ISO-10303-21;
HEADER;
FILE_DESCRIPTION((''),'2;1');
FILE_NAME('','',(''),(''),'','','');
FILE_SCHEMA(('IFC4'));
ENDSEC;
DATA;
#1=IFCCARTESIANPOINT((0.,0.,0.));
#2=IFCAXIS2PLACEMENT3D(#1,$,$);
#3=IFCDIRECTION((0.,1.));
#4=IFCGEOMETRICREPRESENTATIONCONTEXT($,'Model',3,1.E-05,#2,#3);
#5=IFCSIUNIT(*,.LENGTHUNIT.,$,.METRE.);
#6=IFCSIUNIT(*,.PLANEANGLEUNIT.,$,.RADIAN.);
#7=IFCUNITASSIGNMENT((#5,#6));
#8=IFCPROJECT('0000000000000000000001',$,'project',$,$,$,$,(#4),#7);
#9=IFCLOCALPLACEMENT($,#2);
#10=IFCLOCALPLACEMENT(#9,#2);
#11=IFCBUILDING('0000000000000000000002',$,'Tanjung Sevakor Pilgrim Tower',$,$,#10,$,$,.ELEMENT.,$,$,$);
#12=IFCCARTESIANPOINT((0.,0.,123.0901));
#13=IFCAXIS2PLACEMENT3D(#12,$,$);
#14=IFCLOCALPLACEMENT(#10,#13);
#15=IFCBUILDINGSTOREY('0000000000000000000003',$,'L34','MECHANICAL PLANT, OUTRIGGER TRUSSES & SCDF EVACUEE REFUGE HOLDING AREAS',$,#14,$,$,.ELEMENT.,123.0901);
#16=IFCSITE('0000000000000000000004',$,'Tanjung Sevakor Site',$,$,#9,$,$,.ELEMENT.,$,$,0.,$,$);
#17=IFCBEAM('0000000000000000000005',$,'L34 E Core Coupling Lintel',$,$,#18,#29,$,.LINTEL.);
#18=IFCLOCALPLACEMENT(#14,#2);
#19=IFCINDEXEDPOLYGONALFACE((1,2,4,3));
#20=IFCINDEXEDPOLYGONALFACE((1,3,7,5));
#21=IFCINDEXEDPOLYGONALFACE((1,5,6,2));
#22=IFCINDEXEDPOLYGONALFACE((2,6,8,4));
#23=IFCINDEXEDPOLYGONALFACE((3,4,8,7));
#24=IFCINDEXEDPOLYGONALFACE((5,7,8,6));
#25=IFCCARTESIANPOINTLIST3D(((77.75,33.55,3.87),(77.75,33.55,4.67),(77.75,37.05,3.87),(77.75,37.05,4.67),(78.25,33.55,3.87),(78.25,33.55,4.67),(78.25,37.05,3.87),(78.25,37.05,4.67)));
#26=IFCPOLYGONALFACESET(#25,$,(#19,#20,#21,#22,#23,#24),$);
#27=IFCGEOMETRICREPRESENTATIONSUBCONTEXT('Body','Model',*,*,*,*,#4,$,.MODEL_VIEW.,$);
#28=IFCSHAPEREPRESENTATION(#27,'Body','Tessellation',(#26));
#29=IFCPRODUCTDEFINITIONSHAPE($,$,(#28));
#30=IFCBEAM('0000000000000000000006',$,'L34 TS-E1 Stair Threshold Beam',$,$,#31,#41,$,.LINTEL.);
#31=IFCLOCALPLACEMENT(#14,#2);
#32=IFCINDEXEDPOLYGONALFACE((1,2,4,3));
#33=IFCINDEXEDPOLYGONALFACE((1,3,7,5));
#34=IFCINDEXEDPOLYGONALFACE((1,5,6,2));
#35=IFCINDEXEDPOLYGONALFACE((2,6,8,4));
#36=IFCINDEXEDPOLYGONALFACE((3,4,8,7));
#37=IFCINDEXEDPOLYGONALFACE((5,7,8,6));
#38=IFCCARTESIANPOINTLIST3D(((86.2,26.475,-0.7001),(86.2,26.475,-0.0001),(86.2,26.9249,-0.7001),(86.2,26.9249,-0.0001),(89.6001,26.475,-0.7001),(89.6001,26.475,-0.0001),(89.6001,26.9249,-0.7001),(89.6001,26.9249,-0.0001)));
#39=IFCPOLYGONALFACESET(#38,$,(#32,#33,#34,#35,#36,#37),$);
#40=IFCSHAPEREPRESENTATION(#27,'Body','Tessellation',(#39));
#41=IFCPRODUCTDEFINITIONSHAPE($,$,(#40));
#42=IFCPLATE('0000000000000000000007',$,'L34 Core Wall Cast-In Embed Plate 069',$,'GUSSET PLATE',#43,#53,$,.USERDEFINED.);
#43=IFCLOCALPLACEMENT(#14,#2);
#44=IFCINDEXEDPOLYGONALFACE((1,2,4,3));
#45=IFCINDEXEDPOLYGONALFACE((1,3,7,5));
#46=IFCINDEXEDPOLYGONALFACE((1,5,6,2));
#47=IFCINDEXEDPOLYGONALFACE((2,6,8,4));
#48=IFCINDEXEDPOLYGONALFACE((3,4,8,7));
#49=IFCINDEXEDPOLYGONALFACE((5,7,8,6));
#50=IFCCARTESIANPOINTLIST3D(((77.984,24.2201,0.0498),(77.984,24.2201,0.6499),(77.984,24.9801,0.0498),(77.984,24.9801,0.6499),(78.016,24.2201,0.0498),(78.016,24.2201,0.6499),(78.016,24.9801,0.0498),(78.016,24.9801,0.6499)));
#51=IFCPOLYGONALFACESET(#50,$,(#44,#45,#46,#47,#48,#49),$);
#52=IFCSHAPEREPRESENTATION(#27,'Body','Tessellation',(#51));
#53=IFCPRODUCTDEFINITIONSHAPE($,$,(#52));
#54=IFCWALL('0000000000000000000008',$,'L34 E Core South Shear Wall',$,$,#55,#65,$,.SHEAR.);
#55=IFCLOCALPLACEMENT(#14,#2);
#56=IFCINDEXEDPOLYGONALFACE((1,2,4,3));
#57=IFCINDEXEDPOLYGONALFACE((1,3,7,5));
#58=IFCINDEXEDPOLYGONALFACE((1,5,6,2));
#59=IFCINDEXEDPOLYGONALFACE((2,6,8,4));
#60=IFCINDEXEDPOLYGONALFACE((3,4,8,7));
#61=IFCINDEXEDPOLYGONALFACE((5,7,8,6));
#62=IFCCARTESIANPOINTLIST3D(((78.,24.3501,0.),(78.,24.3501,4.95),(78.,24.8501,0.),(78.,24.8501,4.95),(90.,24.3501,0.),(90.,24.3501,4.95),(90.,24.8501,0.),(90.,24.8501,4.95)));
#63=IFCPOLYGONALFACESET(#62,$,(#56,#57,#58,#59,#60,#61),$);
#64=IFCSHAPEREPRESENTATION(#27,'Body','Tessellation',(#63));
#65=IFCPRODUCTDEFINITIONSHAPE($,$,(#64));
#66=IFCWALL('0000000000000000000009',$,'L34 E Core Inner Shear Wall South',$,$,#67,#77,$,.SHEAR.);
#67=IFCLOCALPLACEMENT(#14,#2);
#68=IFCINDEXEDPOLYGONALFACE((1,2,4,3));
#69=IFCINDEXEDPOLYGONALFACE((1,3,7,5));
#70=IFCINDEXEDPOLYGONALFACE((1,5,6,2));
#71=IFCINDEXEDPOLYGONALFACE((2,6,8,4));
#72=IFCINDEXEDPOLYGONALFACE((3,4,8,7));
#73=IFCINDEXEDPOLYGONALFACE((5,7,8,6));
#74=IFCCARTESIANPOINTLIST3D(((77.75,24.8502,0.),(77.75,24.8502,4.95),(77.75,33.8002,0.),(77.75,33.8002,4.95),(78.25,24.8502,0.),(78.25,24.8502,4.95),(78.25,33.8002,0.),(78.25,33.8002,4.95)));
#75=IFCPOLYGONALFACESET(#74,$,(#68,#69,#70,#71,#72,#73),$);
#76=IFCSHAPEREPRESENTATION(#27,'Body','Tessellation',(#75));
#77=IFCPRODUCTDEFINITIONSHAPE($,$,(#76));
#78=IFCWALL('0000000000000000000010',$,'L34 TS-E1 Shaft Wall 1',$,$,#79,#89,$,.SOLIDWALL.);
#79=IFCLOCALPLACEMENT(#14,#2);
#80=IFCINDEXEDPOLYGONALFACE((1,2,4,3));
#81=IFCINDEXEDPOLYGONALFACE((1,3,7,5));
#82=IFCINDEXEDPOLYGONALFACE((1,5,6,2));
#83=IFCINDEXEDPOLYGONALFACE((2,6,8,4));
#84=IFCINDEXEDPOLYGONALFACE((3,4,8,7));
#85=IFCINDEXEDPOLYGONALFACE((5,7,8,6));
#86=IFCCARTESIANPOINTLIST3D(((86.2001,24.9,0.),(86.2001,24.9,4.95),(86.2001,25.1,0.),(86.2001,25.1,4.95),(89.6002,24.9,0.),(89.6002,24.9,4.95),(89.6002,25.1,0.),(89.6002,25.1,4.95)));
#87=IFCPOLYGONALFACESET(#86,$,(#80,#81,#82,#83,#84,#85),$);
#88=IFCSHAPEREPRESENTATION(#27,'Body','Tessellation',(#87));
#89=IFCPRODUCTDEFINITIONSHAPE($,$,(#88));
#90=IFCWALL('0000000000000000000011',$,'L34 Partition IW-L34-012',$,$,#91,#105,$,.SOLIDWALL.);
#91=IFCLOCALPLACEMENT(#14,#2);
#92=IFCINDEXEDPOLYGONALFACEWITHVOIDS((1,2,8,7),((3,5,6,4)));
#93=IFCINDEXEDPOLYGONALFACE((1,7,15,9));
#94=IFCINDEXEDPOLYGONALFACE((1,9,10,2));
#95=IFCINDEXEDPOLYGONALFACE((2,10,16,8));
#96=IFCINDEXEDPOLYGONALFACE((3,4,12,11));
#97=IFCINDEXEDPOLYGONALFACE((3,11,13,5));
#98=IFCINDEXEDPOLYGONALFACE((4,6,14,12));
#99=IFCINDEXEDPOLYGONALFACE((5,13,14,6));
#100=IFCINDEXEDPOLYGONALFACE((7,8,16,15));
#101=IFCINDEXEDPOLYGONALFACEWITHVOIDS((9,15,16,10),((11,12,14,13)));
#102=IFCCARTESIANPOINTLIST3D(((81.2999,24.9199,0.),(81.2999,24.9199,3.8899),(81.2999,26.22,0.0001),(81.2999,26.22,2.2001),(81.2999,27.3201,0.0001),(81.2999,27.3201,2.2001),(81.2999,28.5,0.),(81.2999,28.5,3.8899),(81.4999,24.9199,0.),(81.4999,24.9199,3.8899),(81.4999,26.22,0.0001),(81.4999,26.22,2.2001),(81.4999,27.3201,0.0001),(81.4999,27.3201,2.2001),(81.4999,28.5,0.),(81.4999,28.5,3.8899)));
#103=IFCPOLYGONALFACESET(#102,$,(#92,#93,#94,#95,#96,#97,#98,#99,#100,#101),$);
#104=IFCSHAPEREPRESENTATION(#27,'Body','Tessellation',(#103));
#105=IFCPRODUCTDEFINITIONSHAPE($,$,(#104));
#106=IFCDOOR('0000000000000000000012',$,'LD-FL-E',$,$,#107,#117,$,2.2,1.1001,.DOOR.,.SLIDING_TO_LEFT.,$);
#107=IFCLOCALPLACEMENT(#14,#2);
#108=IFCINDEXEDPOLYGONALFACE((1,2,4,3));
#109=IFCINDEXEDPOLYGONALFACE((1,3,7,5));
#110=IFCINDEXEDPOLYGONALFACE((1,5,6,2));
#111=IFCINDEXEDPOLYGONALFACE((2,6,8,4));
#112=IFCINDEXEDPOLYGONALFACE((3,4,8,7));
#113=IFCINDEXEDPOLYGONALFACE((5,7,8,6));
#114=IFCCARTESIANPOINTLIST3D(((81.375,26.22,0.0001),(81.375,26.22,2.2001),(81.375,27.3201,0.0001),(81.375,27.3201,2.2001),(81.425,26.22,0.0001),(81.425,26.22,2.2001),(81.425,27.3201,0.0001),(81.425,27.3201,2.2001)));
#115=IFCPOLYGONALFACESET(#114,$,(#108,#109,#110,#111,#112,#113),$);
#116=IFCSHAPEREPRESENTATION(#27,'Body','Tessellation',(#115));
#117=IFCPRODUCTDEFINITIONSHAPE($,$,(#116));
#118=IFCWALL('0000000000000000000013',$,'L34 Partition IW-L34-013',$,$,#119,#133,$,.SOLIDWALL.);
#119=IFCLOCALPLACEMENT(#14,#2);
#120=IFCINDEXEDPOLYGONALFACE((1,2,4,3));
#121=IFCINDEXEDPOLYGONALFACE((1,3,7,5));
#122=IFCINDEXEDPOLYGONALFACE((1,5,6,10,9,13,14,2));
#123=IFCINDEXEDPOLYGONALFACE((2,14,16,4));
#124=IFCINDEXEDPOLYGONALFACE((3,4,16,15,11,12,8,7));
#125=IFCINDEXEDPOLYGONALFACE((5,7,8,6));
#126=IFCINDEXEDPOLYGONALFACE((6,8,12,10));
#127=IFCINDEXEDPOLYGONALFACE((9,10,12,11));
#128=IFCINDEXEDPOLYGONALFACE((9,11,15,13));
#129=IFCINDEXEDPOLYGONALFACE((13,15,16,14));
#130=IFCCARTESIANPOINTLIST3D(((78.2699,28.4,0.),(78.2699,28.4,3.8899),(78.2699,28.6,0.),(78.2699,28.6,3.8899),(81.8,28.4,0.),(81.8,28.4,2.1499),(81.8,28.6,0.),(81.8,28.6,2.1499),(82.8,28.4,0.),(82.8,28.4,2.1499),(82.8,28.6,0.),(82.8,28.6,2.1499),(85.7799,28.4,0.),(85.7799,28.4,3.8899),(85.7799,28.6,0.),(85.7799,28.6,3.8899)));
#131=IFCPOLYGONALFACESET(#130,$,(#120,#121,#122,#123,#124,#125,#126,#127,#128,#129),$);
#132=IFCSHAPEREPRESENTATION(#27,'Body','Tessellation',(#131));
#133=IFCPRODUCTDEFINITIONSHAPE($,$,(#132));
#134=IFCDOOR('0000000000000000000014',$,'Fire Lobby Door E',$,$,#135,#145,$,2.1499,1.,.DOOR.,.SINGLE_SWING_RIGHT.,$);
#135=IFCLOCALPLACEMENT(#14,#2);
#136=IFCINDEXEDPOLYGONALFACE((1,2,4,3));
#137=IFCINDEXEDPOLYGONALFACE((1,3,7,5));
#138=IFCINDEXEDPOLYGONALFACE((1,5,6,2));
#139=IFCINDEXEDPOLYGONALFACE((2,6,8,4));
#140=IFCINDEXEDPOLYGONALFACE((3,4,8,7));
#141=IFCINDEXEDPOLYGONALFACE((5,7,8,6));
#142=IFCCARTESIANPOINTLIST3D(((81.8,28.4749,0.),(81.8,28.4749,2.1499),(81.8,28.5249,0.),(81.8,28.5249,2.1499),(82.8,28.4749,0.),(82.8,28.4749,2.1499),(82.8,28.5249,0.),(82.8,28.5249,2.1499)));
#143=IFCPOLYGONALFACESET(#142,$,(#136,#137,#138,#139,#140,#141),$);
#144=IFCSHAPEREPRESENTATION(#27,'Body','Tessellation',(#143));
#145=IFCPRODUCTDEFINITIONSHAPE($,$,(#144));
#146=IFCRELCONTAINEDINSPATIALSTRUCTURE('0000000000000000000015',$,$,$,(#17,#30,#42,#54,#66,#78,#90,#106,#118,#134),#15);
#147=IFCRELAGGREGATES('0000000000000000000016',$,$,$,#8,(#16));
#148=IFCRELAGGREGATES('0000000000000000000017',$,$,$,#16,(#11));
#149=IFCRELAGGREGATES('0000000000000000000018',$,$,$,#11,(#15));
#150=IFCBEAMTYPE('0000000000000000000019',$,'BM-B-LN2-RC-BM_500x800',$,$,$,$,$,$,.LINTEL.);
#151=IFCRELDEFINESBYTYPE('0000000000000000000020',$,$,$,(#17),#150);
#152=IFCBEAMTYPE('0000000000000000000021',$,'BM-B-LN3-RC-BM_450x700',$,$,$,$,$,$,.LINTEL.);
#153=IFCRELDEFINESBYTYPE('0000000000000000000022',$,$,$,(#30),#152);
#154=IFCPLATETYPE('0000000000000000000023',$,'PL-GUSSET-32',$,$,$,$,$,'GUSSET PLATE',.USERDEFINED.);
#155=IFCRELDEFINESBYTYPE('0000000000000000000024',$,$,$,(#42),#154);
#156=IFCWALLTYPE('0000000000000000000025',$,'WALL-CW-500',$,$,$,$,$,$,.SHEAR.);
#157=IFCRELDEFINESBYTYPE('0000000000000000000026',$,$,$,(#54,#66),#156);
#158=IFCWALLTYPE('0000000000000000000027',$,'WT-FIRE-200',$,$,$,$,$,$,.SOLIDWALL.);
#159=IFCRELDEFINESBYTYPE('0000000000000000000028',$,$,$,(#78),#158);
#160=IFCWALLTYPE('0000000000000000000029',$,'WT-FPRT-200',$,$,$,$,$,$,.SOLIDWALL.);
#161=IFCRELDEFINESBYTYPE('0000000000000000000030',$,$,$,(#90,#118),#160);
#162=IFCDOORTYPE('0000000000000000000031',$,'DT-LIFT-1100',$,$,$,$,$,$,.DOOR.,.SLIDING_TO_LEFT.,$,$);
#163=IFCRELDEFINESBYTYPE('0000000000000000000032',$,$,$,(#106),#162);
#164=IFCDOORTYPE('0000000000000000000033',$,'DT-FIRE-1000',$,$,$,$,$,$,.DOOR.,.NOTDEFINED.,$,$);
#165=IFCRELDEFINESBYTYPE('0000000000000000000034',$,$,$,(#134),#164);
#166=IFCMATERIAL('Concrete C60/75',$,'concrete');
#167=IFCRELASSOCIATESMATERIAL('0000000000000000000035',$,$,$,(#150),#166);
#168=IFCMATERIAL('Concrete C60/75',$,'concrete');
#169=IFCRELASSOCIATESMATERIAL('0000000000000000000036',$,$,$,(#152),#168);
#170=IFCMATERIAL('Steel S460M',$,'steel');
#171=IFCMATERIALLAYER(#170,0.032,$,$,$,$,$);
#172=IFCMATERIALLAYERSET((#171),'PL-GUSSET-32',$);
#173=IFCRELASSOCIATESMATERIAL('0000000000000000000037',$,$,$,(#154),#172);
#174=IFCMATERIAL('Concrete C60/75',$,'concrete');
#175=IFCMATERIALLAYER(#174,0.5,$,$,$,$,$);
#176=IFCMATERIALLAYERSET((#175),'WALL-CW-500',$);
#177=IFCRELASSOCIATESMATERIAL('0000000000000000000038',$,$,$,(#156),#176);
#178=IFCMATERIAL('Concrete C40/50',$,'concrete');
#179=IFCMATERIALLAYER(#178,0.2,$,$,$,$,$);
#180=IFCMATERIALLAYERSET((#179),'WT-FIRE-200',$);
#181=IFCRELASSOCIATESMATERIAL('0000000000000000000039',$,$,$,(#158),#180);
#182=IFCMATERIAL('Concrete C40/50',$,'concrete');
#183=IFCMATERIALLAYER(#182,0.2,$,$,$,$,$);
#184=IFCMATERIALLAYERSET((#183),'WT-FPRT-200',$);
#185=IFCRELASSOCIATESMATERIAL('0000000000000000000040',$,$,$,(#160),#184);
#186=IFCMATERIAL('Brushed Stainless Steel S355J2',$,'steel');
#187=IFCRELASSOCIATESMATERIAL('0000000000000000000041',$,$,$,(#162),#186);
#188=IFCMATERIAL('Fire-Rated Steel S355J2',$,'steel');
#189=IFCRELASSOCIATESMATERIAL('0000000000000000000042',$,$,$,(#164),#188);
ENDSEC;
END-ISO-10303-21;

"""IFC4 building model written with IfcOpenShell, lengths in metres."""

from ifc_helpers import new_model, si_unit, direction, frame, frame_2d, origin, origin_2d, place, context, subcontext, project, spatial, rectangle, extrude, material, layer, layer_set, material_profile, profile_set, type_object, element, fill, save


model = new_model("IFC4")

# Units and contexts
model_context = context("Model", 3, precision=1e-05, world=origin(), true_north=direction((0.0, 1.0)))
body_context = subcontext(model_context, "Body", "Model", "MODEL_VIEW")
ifc_project = project(units=[si_unit("LENGTHUNIT", "METRE"), si_unit("PLANEANGLEUNIT", "RADIAN")], contexts=[model_context])

# Site, building, storey
site_placement = place(None, origin())
site = spatial("IfcSite", under=ifc_project, at=site_placement, Name="Tanjung Sevakor Site", CompositionType="ELEMENT", RefElevation=0.0)
building_placement = place(site_placement, origin())
building = spatial("IfcBuilding", under=site, at=building_placement, Name="Tanjung Sevakor Pilgrim Tower", CompositionType="ELEMENT")
storey_placement = place(building_placement, frame((0.0, 0.0, 123.0901)))
storey = spatial("IfcBuildingStorey", under=building, at=storey_placement, Name="L34", Description="MECHANICAL PLANT, OUTRIGGER TRUSSES & SCDF EVACUEE REFUGE HOLDING AREAS", CompositionType="ELEMENT", Elevation=123.0901)

# Beams
ifc_material_1 = material(Name="Concrete C60/75", Category="concrete")
ifc_material_profile_1 = material_profile(ifc_material_1, rectangle(XDim=0.5, YDim=0.8, at=origin_2d()))
ifc_profile_set_1 = profile_set([ifc_material_profile_1], Name="Concrete C60/75")
beam_type_1 = type_object("IfcBeamType", Name="BM-B-LN2-RC-BM_500x800", PredefinedType="LINTEL", material=ifc_profile_set_1)
beam_1_placement = place(storey_placement, frame((78.0, 33.55, 4.27), z_axis=(0.0, 1.0, 0.0), x_axis=(-1.0, 0.0, 0.0)))
element("IfcBeam", 1, at=beam_1_placement, inside=storey, type_object=beam_type_1, Name="L34 E Core Coupling Lintel", PredefinedType="LINTEL", context=body_context, shape_type="SweptSolid", body=[
    extrude(rectangle(XDim=0.5, YDim=0.8, at=origin_2d()), origin(), (0.0, 0.0, 1.0), 3.5),
])
ifc_material_2 = material(Name="Concrete C60/75", Category="concrete")
ifc_material_profile_2 = material_profile(ifc_material_2, rectangle(XDim=0.45, YDim=0.7, at=origin_2d()))
ifc_profile_set_2 = profile_set([ifc_material_profile_2], Name="Concrete C60/75")
beam_type_2 = type_object("IfcBeamType", Name="BM-B-LN3-RC-BM_450x700", PredefinedType="LINTEL", material=ifc_profile_set_2)
beam_2_placement = place(storey_placement, frame((86.2, 26.7, -0.3501), z_axis=(1.0, 0.0, 0.0), x_axis=(0.0, 1.0, 0.0)))
element("IfcBeam", 2, at=beam_2_placement, inside=storey, type_object=beam_type_2, Name="L34 TS-E1 Stair Threshold Beam", PredefinedType="LINTEL", context=body_context, shape_type="SweptSolid", body=[
    extrude(rectangle(XDim=0.45, YDim=0.7, at=origin_2d()), origin(), (0.0, 0.0, 1.0), 3.4001),
])

# Plate
ifc_material_3 = material(Name="Steel S460M", Category="steel")
ifc_layer_1 = layer(ifc_material_3, 0.032)
ifc_layer_set_1 = layer_set([ifc_layer_1], Name="PL-GUSSET-32")
plate_type = type_object("IfcPlateType", Name="PL-GUSSET-32", ElementType="GUSSET PLATE", PredefinedType="USERDEFINED", material=ifc_layer_set_1)
plate_placement = place(storey_placement, frame((78.0, 24.6001, 0.0498), z_axis=(0.0, 0.0, 1.0), x_axis=(1.0, 0.0, 0.0)))
element("IfcPlate", 3, at=plate_placement, inside=storey, type_object=plate_type, Name="L34 Core Wall Cast-In Embed Plate 069", ObjectType="GUSSET PLATE", PredefinedType="USERDEFINED", context=body_context, shape_type="SweptSolid", body=[
    extrude(rectangle(XDim=0.032, YDim=0.76, at=origin_2d()), origin(), (0.0, 0.0, 1.0), 0.6001),
])

# Walls
ifc_material_4 = material(Name="Concrete C60/75", Category="concrete")
ifc_layer_2 = layer(ifc_material_4, 0.5)
ifc_layer_set_2 = layer_set([ifc_layer_2], Name="WALL-CW-500")
wall_type_1 = type_object("IfcWallType", Name="WALL-CW-500", PredefinedType="SHEAR", material=ifc_layer_set_2)
wall_1_placement = place(storey_placement, frame((78.0, 24.6001, 0.0), z_axis=(0.0, 0.0, 1.0), x_axis=(1.0, 0.0, 0.0)))
element("IfcWall", 4, at=wall_1_placement, inside=storey, type_object=wall_type_1, Name="L34 E Core South Shear Wall", PredefinedType="SHEAR", context=body_context, shape_type="SweptSolid", body=[
    extrude(rectangle(XDim=12.0, YDim=0.5, at=frame_2d((6.0, 0.0))), origin(), (0.0, 0.0, 1.0), 4.95),
])
wall_2_placement = place(storey_placement, frame((78.0, 24.8501, 0.0), z_axis=(0.0, 0.0, 1.0), x_axis=(0.0, 1.0, 0.0)))
element("IfcWall", 5, at=wall_2_placement, inside=storey, type_object=wall_type_1, Name="L34 E Core Inner Shear Wall South", PredefinedType="SHEAR", context=body_context, shape_type="SweptSolid", body=[
    extrude(rectangle(XDim=8.95, YDim=0.5, at=frame_2d((4.4751, 0.0))), origin(), (0.0, 0.0, 1.0), 4.95),
])

# Wall
ifc_material_5 = material(Name="Concrete C40/50", Category="concrete")
ifc_layer_3 = layer(ifc_material_5, 0.2)
ifc_layer_set_3 = layer_set([ifc_layer_3], Name="WT-FIRE-200")
wall_type_2 = type_object("IfcWallType", Name="WT-FIRE-200", PredefinedType="SOLIDWALL", material=ifc_layer_set_3)
wall_3_placement = place(storey_placement, frame((86.2, 25.0, 0.0), z_axis=(0.0, 0.0, 1.0), x_axis=(1.0, 0.0, 0.0)))
element("IfcWall", 6, at=wall_3_placement, inside=storey, type_object=wall_type_2, Name="L34 TS-E1 Shaft Wall 1", PredefinedType="SOLIDWALL", context=body_context, shape_type="SweptSolid", body=[
    extrude(rectangle(XDim=3.4001, YDim=0.2, at=frame_2d((1.7002, 0.0))), origin(), (0.0, 0.0, 1.0), 4.95),
])

# Walls, openings, doors
ifc_material_6 = material(Name="Concrete C40/50", Category="concrete")
ifc_layer_4 = layer(ifc_material_6, 0.2)
ifc_layer_set_4 = layer_set([ifc_layer_4], Name="WT-FPRT-200")
wall_type_3 = type_object("IfcWallType", Name="WT-FPRT-200", PredefinedType="SOLIDWALL", material=ifc_layer_set_4)
wall_4_placement = place(storey_placement, frame((81.3999, 24.9199, 0.0), z_axis=(0.0, 0.0, 1.0), x_axis=(0.0, 1.0, 0.0)))
wall_4 = element("IfcWall", 7, at=wall_4_placement, inside=storey, type_object=wall_type_3, Name="L34 Partition IW-L34-012", PredefinedType="SOLIDWALL", context=body_context, shape_type="SweptSolid", body=[
    extrude(rectangle(XDim=3.5801, YDim=0.2, at=frame_2d((1.79, 0.0))), origin(), (0.0, 0.0, 1.0), 3.8899),
])
opening_1_placement = place(wall_4_placement, frame((1.3, 0.0, 0.0)))
opening_1 = element("IfcOpeningElement", 8, at=opening_1_placement, cuts=wall_4, PredefinedType="OPENING", context=body_context, shape_type="SweptSolid", body=[
    extrude(rectangle(XDim=1.1001, YDim=2.2, at=frame_2d((0.55, 1.1001))), frame((0.0, 0.1099, 0.0), z_axis=(0.0, -1.0, 0.0), x_axis=(1.0, 0.0, 0.0)), (0.0, 0.0, 1.0), 0.22),
])
ifc_material_7 = material(Name="Brushed Stainless Steel S355J2", Category="steel")
door_type_1 = type_object("IfcDoorType", Name="DT-LIFT-1100", OperationType="SLIDING_TO_LEFT", PredefinedType="DOOR", material=ifc_material_7)
door_1_placement = place(opening_1_placement, origin())
door_1 = element("IfcDoor", 9, at=door_1_placement, inside=storey, type_object=door_type_1, Name="LD-FL-E", OperationType="SLIDING_TO_LEFT", OverallHeight=2.2, OverallWidth=1.1001, PredefinedType="DOOR", context=body_context, shape_type="SweptSolid", body=[
    extrude(rectangle(XDim=1.1001, YDim=2.2, at=frame_2d((0.55, 1.1001))), frame((0.0, 0.0249, 0.0), z_axis=(0.0, -1.0, 0.0), x_axis=(1.0, 0.0, 0.0)), (0.0, 0.0, 1.0), 0.05),
])
fill(opening_1, door_1)
wall_5_placement = place(storey_placement, frame((78.27, 28.5, 0.0), z_axis=(0.0, 0.0, 1.0), x_axis=(1.0, 0.0, 0.0)))
wall_5 = element("IfcWall", 10, at=wall_5_placement, inside=storey, type_object=wall_type_3, Name="L34 Partition IW-L34-013", PredefinedType="SOLIDWALL", context=body_context, shape_type="SweptSolid", body=[
    extrude(rectangle(XDim=7.51, YDim=0.2, at=frame_2d((3.7549, 0.0))), origin(), (0.0, 0.0, 1.0), 3.8899),
])
opening_2_placement = place(wall_5_placement, frame((3.53, 0.0, 0.0)))
opening_2 = element("IfcOpeningElement", 11, at=opening_2_placement, cuts=wall_5, PredefinedType="OPENING", context=body_context, shape_type="SweptSolid", body=[
    extrude(rectangle(XDim=1.0, YDim=2.1499, at=frame_2d((0.5, 1.075))), frame((0.0, 0.1099, 0.0), z_axis=(0.0, -1.0, 0.0), x_axis=(1.0, 0.0, 0.0)), (0.0, 0.0, 1.0), 0.22),
])
ifc_material_8 = material(Name="Fire-Rated Steel S355J2", Category="steel")
door_type_2 = type_object("IfcDoorType", Name="DT-FIRE-1000", OperationType="NOTDEFINED", PredefinedType="DOOR", material=ifc_material_8)
door_2_placement = place(opening_2_placement, origin())
door_2 = element("IfcDoor", 12, at=door_2_placement, inside=storey, type_object=door_type_2, Name="Fire Lobby Door E", OperationType="SINGLE_SWING_RIGHT", OverallHeight=2.1499, OverallWidth=1.0, PredefinedType="DOOR", context=body_context, shape_type="SweptSolid", body=[
    extrude(rectangle(XDim=1.0, YDim=2.1499, at=frame_2d((0.5, 1.075))), frame((0.0, 0.0249, 0.0), z_axis=(0.0, -1.0, 0.0), x_axis=(1.0, 0.0, 0.0)), (0.0, 0.0, 1.0), 0.05),
])
fill(opening_2, door_2)

save(model, "model.ifc")
